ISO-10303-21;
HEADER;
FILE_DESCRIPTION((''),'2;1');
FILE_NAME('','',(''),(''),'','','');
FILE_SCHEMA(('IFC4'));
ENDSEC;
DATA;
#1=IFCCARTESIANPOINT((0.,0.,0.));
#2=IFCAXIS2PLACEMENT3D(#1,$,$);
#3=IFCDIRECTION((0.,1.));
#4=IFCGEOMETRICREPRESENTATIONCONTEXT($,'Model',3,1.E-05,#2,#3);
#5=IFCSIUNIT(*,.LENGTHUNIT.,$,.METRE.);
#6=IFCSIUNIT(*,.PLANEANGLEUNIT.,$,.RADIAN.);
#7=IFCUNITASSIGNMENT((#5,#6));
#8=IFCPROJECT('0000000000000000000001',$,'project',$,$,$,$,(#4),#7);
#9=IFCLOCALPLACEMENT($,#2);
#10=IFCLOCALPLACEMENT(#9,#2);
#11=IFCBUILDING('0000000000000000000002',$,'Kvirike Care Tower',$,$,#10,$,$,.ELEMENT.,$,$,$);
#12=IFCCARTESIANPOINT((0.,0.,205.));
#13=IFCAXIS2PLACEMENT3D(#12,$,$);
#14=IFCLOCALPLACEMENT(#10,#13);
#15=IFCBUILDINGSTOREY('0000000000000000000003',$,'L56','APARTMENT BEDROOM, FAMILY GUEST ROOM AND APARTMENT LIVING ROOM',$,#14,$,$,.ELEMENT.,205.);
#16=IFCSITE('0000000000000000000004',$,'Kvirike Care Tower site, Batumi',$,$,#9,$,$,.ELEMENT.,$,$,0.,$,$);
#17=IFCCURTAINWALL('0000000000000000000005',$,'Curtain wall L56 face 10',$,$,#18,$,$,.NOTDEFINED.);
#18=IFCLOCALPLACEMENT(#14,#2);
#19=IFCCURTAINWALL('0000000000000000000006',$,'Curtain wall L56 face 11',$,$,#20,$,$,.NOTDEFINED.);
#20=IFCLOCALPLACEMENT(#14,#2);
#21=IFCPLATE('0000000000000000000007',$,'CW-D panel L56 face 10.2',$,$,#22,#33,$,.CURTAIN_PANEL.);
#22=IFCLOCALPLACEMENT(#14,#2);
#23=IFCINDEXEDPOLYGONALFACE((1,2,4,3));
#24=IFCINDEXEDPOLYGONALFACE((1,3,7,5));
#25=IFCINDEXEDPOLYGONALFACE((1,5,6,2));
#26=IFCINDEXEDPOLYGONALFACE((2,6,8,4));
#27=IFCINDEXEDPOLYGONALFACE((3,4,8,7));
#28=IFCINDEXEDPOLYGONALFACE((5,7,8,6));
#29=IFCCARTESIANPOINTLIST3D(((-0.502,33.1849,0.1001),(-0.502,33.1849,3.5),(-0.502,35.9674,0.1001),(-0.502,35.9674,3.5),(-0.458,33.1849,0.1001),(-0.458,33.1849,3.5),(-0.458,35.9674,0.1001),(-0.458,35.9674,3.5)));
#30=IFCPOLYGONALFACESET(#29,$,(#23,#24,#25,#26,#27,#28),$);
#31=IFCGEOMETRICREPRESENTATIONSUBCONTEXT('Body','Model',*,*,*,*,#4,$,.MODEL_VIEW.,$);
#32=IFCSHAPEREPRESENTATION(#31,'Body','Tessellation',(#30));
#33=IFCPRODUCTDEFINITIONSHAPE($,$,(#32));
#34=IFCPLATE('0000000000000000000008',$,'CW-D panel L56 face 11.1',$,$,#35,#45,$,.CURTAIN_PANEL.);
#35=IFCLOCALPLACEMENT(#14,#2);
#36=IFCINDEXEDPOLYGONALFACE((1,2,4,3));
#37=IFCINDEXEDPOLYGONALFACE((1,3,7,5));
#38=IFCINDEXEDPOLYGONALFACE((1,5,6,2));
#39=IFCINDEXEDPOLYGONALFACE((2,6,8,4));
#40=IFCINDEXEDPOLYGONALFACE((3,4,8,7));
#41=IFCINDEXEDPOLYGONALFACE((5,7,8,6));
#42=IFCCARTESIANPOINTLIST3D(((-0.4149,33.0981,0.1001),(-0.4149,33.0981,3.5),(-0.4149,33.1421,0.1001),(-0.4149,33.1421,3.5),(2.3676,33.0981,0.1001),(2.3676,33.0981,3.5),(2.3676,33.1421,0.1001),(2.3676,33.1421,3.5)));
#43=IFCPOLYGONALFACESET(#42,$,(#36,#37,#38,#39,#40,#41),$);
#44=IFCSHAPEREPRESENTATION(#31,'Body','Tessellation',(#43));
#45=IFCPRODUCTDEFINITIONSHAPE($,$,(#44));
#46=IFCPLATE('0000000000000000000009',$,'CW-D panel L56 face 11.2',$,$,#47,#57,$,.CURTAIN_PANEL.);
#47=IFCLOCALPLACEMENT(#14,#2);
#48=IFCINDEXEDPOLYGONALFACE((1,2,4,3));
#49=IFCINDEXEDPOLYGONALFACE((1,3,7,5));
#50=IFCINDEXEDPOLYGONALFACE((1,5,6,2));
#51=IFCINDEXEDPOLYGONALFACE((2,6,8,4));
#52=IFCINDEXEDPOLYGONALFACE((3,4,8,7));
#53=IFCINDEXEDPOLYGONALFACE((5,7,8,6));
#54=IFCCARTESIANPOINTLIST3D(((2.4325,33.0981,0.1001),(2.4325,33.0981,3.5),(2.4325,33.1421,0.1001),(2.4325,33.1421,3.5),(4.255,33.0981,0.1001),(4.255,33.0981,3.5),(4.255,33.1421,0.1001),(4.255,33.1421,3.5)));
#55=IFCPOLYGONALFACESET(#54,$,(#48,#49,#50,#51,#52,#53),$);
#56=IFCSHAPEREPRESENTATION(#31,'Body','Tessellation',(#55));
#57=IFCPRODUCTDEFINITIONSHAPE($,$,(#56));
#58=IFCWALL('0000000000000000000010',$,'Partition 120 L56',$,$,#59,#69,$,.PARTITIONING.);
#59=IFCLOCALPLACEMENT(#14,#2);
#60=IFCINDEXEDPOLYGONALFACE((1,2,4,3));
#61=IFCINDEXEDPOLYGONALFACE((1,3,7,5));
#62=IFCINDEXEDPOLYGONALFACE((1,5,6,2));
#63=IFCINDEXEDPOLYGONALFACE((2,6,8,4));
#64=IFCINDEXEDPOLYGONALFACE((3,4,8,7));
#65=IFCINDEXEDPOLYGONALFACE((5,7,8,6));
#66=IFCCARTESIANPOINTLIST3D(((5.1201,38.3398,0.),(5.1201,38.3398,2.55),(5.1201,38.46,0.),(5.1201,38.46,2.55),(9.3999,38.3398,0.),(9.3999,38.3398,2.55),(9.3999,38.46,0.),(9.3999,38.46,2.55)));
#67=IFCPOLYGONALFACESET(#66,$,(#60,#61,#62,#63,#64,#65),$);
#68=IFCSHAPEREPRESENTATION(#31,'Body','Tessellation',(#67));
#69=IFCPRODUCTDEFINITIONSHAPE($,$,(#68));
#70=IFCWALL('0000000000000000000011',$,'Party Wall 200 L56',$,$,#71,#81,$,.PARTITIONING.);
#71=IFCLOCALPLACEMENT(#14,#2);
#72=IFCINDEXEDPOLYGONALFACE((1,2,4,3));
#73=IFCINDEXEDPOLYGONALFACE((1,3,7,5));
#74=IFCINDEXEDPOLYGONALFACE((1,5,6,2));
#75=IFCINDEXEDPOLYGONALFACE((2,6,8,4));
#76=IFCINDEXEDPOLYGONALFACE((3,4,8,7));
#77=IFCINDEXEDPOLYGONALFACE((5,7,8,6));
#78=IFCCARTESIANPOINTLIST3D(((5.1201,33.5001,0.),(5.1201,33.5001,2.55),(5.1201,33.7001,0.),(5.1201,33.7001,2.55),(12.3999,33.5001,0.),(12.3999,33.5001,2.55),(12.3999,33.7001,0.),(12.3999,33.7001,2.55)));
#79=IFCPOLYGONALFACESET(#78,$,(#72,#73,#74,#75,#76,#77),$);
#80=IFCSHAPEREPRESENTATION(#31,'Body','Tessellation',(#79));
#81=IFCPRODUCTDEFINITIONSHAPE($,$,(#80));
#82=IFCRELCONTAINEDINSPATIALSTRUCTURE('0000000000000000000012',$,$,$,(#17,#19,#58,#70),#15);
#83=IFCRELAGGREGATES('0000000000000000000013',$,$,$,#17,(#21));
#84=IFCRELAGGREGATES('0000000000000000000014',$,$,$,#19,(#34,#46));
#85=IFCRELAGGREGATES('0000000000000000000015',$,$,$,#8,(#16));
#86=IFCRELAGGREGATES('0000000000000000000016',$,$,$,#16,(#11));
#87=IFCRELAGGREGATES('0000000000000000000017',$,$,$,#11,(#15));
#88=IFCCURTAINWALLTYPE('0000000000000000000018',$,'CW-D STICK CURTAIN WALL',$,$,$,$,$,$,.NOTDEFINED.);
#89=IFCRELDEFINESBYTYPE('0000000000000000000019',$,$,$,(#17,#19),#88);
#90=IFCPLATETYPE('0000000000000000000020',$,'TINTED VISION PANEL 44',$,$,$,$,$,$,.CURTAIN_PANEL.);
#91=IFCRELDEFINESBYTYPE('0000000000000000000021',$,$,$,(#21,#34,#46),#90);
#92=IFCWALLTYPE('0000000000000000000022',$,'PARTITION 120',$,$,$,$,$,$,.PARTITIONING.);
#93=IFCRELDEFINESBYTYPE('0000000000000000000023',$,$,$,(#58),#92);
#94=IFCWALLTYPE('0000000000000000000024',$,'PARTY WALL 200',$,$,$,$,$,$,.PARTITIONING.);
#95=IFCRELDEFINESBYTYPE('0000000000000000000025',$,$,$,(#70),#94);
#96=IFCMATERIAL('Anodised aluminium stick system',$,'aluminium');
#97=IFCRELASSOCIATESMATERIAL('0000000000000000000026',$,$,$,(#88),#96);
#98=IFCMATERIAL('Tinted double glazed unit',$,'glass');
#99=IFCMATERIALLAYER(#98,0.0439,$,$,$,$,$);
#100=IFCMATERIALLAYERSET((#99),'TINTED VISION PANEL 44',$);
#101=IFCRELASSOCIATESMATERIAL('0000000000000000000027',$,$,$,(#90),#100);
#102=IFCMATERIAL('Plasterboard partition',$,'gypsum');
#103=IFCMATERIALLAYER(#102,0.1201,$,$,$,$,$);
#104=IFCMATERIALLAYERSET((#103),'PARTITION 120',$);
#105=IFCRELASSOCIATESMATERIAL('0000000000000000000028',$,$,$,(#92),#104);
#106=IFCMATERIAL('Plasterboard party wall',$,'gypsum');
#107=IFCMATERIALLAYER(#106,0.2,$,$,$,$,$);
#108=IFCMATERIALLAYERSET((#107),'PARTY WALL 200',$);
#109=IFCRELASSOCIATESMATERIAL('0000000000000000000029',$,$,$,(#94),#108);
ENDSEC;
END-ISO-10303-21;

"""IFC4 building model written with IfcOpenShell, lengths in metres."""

from ifc_helpers import new_model, si_unit, direction, frame, frame_2d, origin, origin_2d, place, context, subcontext, project, spatial, rectangle, extrude, material, layer, layer_set, type_object, element, aggregate, save


model = new_model("IFC4")

# Units and contexts
model_context = context("Model", 3, precision=1e-05, world=origin(), true_north=direction((0.0, 1.0)))
body_context = subcontext(model_context, "Body", "Model", "MODEL_VIEW")
ifc_project = project(units=[si_unit("LENGTHUNIT", "METRE"), si_unit("PLANEANGLEUNIT", "RADIAN")], contexts=[model_context])

# Site, building, storey
site_placement = place(None, origin())
site = spatial("IfcSite", under=ifc_project, at=site_placement, Name="Kvirike Care Tower site, Batumi", CompositionType="ELEMENT", RefElevation=0.0)
building_placement = place(site_placement, origin())
building = spatial("IfcBuilding", under=site, at=building_placement, Name="Kvirike Care Tower", CompositionType="ELEMENT")
storey_placement = place(building_placement, frame((0.0, 0.0, 205.0)))
storey = spatial("IfcBuildingStorey", under=building, at=storey_placement, Name="L56", Description="APARTMENT BEDROOM, FAMILY GUEST ROOM AND APARTMENT LIVING ROOM", CompositionType="ELEMENT", Elevation=205.0)

# Curtain walls
ifc_material_1 = material(Name="Anodised aluminium stick system", Category="aluminium")
curtain_wall_type = type_object("IfcCurtainWallType", Name="CW-D STICK CURTAIN WALL", PredefinedType="NOTDEFINED", material=ifc_material_1)
curtain_wall_1_placement = place(storey_placement, origin())
curtain_wall_1 = element("IfcCurtainWall", 1, at=curtain_wall_1_placement, inside=storey, type_object=curtain_wall_type, Name="Curtain wall L56 face 10", PredefinedType="NOTDEFINED")
curtain_wall_2_placement = place(storey_placement, origin())
curtain_wall_2 = element("IfcCurtainWall", 2, at=curtain_wall_2_placement, inside=storey, type_object=curtain_wall_type, Name="Curtain wall L56 face 11", PredefinedType="NOTDEFINED")

# Plates
ifc_material_2 = material(Name="Tinted double glazed unit", Category="glass")
ifc_layer_1 = layer(ifc_material_2, 0.0439)
ifc_layer_set_1 = layer_set([ifc_layer_1], Name="TINTED VISION PANEL 44")
plate_type = type_object("IfcPlateType", Name="TINTED VISION PANEL 44", PredefinedType="CURTAIN_PANEL", material=ifc_layer_set_1)
plate_1_placement = place(storey_placement, frame((-0.48, 34.5762, 0.1001), z_axis=(0.0, 0.0, 1.0), x_axis=(0.0, -1.0, 0.0)))
plate_1 = element("IfcPlate", 3, at=plate_1_placement, type_object=plate_type, Name="CW-D panel L56 face 10.2", PredefinedType="CURTAIN_PANEL", context=body_context, shape_type="SweptSolid", body=[
    extrude(rectangle(XDim=2.7825, YDim=0.0439, at=origin_2d()), origin(), (0.0, 0.0, 1.0), 3.3999),
])
aggregate(curtain_wall_1, [plate_1])
plate_2_placement = place(storey_placement, frame((0.9763, 33.1201, 0.1001), z_axis=(0.0, 0.0, 1.0), x_axis=(1.0, 0.0, 0.0)))
plate_2 = element("IfcPlate", 4, at=plate_2_placement, type_object=plate_type, Name="CW-D panel L56 face 11.1", PredefinedType="CURTAIN_PANEL", context=body_context, shape_type="SweptSolid", body=[
    extrude(rectangle(XDim=2.7825, YDim=0.0439, at=origin_2d()), origin(), (0.0, 0.0, 1.0), 3.3999),
])
plate_3_placement = place(storey_placement, frame((3.3438, 33.1201, 0.1001), z_axis=(0.0, 0.0, 1.0), x_axis=(1.0, 0.0, 0.0)))
plate_3 = element("IfcPlate", 5, at=plate_3_placement, type_object=plate_type, Name="CW-D panel L56 face 11.2", PredefinedType="CURTAIN_PANEL", context=body_context, shape_type="SweptSolid", body=[
    extrude(rectangle(XDim=1.8225, YDim=0.0439, at=origin_2d()), origin(), (0.0, 0.0, 1.0), 3.3999),
])
aggregate(curtain_wall_2, [plate_2, plate_3])

# Walls
ifc_material_3 = material(Name="Plasterboard partition", Category="gypsum")
ifc_layer_2 = layer(ifc_material_3, 0.1201)
ifc_layer_set_2 = layer_set([ifc_layer_2], Name="PARTITION 120")
wall_type_1 = type_object("IfcWallType", Name="PARTITION 120", PredefinedType="PARTITIONING", material=ifc_layer_set_2)
wall_1_placement = place(storey_placement, frame((5.1201, 38.3999, 0.0), z_axis=(0.0, 0.0, 1.0), x_axis=(1.0, 0.0, 0.0)))
element("IfcWall", 6, at=wall_1_placement, inside=storey, type_object=wall_type_1, Name="Partition 120 L56", PredefinedType="PARTITIONING", context=body_context, shape_type="SweptSolid", body=[
    extrude(rectangle(XDim=4.2798, YDim=0.1201, at=frame_2d((2.1399, 0.0))), origin(), (0.0, 0.0, 1.0), 2.55),
])
ifc_material_4 = material(Name="Plasterboard party wall", Category="gypsum")
ifc_layer_3 = layer(ifc_material_4, 0.2)
ifc_layer_set_3 = layer_set([ifc_layer_3], Name="PARTY WALL 200")
wall_type_2 = type_object("IfcWallType", Name="PARTY WALL 200", PredefinedType="PARTITIONING", material=ifc_layer_set_3)
wall_2_placement = place(storey_placement, frame((5.1201, 33.6001, 0.0), z_axis=(0.0, 0.0, 1.0), x_axis=(1.0, 0.0, 0.0)))
element("IfcWall", 7, at=wall_2_placement, inside=storey, type_object=wall_type_2, Name="Party Wall 200 L56", PredefinedType="PARTITIONING", context=body_context, shape_type="SweptSolid", body=[
    extrude(rectangle(XDim=7.2798, YDim=0.2, at=frame_2d((3.6399, 0.0))), origin(), (0.0, 0.0, 1.0), 2.55),
])

save(model, "model.ifc")
